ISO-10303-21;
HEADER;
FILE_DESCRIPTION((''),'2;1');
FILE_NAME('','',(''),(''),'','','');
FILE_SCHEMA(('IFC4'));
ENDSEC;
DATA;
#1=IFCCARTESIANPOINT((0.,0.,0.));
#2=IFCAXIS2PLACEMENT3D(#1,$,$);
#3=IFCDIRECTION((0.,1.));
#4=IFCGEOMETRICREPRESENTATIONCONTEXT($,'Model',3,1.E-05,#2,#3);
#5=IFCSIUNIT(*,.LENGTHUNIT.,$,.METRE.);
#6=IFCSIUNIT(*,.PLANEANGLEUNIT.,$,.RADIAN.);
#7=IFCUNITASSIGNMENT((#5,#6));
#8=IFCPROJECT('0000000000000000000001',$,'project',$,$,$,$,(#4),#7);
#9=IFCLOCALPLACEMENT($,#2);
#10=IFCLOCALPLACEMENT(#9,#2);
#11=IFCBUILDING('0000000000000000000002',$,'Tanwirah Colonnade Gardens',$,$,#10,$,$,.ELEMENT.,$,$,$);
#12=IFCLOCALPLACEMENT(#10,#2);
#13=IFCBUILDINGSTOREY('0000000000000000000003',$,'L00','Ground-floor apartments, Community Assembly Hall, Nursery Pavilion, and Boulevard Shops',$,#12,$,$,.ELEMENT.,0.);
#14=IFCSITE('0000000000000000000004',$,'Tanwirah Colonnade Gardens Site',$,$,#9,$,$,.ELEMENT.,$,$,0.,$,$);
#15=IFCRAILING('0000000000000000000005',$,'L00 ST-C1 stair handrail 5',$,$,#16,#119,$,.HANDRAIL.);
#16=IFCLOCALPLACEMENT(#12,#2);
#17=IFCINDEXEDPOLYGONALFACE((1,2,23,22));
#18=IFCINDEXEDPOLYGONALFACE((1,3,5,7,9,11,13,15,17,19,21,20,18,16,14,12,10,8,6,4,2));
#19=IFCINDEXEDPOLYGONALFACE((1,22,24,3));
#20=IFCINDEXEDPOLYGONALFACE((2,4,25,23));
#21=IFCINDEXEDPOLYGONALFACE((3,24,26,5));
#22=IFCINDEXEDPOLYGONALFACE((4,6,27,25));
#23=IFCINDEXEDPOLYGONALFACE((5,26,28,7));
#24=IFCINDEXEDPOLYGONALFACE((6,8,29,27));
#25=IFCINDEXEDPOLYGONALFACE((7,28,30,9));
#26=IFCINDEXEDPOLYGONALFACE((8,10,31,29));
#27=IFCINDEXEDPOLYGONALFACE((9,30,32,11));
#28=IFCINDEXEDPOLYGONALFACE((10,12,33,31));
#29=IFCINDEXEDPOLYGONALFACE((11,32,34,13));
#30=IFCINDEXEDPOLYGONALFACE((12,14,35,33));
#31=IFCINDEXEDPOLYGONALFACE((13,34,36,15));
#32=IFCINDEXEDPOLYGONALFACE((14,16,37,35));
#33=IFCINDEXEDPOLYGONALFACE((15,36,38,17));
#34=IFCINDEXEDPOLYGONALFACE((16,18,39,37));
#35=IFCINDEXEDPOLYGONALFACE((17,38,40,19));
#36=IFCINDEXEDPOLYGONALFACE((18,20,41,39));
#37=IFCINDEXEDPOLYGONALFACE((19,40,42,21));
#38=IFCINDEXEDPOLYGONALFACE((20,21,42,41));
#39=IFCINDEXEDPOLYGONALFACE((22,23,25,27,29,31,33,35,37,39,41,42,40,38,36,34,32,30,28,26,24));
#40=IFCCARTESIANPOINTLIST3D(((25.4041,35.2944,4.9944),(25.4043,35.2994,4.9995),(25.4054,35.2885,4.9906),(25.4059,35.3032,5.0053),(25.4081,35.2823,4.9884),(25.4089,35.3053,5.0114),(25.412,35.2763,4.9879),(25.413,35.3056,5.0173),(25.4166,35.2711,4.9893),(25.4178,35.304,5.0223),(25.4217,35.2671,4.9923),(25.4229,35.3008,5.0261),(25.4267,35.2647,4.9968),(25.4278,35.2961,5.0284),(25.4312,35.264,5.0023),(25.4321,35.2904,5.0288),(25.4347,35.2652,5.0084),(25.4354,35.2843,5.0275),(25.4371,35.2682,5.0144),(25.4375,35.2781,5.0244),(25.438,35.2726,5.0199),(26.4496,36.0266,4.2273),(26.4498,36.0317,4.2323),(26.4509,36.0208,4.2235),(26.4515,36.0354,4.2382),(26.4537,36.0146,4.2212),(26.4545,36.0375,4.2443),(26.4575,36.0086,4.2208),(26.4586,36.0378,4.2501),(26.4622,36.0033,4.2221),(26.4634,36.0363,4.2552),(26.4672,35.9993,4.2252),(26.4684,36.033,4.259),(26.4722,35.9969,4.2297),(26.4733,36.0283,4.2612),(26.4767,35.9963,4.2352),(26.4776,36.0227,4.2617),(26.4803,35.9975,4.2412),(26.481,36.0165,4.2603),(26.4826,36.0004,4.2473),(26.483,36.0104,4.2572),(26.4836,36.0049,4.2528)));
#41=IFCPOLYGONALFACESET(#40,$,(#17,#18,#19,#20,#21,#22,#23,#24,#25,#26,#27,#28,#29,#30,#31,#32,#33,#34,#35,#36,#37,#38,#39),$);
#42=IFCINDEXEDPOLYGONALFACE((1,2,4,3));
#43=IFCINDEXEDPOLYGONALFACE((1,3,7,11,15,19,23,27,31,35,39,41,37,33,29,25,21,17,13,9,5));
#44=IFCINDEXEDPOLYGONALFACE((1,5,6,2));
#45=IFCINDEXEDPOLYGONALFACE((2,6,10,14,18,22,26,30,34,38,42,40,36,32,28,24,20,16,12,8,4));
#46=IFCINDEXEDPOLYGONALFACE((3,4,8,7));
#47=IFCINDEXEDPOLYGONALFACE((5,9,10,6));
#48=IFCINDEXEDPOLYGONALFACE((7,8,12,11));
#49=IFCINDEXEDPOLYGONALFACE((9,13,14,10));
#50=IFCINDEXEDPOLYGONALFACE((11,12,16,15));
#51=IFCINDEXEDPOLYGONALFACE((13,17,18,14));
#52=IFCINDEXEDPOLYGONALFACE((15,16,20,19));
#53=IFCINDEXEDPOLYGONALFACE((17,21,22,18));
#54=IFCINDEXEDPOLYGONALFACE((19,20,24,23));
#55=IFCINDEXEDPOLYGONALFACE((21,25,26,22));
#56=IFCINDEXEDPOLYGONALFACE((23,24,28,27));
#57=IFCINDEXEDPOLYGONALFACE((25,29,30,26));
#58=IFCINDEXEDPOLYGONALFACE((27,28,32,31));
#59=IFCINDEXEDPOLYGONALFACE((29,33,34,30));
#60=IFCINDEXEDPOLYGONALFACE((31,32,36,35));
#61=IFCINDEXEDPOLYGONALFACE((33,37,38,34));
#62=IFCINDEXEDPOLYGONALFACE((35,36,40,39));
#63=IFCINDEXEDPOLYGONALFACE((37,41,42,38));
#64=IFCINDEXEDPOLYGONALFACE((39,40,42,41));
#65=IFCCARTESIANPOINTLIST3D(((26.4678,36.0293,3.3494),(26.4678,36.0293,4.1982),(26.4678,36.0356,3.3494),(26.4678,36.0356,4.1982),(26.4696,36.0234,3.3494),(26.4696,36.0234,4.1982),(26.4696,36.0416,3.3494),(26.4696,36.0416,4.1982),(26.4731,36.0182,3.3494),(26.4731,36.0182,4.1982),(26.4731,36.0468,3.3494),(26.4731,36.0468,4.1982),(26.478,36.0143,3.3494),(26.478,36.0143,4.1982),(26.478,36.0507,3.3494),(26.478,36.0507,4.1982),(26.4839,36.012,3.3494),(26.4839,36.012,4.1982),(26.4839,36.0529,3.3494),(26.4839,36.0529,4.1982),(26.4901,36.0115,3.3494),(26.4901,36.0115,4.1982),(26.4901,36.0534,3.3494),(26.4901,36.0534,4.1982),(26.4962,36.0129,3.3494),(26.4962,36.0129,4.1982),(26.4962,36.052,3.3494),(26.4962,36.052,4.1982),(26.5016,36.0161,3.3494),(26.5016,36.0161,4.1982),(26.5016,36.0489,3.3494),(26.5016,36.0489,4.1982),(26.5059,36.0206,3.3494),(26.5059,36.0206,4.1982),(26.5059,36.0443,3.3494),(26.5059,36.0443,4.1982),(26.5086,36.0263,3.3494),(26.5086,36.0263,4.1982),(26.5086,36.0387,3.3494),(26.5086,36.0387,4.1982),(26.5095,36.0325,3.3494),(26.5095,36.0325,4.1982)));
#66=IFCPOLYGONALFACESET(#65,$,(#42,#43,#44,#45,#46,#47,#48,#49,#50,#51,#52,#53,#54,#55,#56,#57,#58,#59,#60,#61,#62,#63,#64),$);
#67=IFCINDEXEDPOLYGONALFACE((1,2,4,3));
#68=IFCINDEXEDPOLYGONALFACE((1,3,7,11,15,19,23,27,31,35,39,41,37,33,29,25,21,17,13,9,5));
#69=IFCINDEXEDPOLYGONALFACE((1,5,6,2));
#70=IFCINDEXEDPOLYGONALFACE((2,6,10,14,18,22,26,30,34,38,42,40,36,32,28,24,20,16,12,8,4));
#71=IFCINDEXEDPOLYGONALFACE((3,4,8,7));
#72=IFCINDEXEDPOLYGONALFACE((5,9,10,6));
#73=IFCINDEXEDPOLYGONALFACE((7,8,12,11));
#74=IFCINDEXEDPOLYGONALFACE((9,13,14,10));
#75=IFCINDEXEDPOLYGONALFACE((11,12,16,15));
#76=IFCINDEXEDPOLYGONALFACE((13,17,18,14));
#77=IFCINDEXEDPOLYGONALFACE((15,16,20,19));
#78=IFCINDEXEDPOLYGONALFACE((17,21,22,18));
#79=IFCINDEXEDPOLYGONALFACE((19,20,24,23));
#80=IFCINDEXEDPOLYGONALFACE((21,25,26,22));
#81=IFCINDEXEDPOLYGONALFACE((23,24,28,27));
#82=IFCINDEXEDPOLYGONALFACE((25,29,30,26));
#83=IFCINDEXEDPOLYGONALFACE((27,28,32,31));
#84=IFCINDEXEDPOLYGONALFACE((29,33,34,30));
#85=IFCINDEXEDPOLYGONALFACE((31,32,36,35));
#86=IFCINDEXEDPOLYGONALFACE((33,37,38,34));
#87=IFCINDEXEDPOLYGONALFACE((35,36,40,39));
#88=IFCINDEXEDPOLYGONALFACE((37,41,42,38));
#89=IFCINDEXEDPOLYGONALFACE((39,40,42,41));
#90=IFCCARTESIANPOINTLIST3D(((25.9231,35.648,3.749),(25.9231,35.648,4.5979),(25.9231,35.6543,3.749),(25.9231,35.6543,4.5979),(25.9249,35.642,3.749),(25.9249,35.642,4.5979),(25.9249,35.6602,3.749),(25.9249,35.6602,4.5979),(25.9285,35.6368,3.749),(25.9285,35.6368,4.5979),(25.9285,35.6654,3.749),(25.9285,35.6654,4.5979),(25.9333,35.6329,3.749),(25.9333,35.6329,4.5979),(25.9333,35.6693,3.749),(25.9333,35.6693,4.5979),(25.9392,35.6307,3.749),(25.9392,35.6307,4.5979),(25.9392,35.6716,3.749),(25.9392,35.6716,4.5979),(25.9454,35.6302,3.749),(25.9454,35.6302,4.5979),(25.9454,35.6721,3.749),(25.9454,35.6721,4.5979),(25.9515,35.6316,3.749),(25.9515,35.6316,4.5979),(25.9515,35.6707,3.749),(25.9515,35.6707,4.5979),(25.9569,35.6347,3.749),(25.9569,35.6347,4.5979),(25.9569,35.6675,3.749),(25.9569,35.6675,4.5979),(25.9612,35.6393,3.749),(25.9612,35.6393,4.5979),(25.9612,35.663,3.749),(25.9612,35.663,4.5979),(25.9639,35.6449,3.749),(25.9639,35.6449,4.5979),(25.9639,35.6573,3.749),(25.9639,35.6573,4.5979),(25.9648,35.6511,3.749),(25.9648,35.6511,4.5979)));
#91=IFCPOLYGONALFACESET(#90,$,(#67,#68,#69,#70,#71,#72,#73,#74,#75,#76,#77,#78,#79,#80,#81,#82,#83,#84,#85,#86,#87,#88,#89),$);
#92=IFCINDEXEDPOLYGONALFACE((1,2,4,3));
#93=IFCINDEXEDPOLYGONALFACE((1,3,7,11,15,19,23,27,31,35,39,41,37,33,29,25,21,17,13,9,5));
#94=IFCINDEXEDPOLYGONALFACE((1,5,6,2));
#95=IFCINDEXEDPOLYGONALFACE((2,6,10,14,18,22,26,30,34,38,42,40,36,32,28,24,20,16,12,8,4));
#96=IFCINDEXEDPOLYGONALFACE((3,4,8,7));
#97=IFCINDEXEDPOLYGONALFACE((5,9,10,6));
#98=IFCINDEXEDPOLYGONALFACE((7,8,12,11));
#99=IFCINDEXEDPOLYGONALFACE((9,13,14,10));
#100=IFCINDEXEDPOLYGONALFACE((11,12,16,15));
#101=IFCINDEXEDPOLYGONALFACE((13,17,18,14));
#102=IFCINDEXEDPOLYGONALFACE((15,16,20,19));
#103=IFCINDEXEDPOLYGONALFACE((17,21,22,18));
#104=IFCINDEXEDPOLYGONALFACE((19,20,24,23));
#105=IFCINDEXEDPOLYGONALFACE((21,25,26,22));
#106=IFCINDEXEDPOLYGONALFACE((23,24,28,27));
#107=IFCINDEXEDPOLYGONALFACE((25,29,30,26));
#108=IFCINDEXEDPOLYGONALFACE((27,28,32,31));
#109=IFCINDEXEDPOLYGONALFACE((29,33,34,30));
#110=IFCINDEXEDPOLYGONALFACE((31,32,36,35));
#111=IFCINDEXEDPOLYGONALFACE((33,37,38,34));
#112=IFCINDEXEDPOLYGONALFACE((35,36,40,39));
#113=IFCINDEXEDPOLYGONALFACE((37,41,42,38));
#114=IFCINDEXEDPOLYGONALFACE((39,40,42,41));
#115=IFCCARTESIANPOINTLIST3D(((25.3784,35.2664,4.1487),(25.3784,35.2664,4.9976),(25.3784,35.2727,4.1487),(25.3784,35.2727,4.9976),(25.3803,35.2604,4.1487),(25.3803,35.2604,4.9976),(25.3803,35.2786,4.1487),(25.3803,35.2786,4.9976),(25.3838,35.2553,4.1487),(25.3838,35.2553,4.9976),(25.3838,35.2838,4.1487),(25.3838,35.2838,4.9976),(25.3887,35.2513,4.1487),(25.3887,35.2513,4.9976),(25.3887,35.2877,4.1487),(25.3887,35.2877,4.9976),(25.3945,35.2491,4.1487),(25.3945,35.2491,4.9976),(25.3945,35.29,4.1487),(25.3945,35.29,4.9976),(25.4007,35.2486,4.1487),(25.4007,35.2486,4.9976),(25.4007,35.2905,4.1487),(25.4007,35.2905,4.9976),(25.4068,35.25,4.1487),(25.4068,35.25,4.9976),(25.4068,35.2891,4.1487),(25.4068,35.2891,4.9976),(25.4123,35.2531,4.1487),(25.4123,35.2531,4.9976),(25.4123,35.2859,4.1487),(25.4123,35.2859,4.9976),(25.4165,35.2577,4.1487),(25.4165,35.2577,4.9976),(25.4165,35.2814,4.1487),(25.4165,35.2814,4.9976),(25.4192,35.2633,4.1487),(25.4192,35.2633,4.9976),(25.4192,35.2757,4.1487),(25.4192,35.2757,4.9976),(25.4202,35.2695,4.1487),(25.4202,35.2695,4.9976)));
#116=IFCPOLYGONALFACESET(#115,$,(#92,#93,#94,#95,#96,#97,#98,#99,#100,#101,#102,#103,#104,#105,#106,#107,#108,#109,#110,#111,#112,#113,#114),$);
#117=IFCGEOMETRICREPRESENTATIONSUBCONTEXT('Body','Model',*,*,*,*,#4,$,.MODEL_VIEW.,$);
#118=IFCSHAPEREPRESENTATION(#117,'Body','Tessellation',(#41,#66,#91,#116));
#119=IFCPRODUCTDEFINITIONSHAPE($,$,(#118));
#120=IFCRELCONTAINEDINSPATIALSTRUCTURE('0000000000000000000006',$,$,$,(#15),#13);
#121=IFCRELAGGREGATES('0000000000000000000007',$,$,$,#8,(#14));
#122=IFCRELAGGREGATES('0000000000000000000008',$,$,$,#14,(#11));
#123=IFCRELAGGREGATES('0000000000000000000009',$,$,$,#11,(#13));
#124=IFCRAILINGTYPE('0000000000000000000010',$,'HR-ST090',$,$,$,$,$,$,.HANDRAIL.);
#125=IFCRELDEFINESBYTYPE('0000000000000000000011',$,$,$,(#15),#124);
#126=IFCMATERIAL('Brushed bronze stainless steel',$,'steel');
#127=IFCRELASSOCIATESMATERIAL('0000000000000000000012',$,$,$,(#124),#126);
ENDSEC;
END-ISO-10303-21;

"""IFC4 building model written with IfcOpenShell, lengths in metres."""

from ifc_helpers import new_model, si_unit, direction, frame, origin, origin_2d, place, context, subcontext, project, spatial, circle, extrude, material, type_object, element, save


model = new_model("IFC4")

# Units and contexts
model_context = context("Model", 3, precision=1e-05, world=origin(), true_north=direction((0.0, 1.0)))
body_context = subcontext(model_context, "Body", "Model", "MODEL_VIEW")
ifc_project = project(units=[si_unit("LENGTHUNIT", "METRE"), si_unit("PLANEANGLEUNIT", "RADIAN")], contexts=[model_context])

# Site, building, storey
site_placement = place(None, origin())
site = spatial("IfcSite", under=ifc_project, at=site_placement, Name="Tanwirah Colonnade Gardens Site", CompositionType="ELEMENT", RefElevation=0.0)
building_placement = place(site_placement, origin())
building = spatial("IfcBuilding", under=site, at=building_placement, Name="Tanwirah Colonnade Gardens", CompositionType="ELEMENT")
storey_placement = place(building_placement, origin())
storey = spatial("IfcBuildingStorey", under=building, at=storey_placement, Name="L00", Description="Ground-floor apartments, Community Assembly Hall, Nursery Pavilion, and Boulevard Shops", CompositionType="ELEMENT", Elevation=0.0)

# Railing
ifc_material_1 = material(Name="Brushed bronze stainless steel", Category="steel")
railing_type_1 = type_object("IfcRailingType", Name="HR-ST090", PredefinedType="HANDRAIL", material=ifc_material_1)
railing_1_placement = place(storey_placement, frame((26.4885, 36.0325, 3.3494)))
element("IfcRailing", 1, at=railing_1_placement, inside=storey, type_object=railing_type_1, Name="L00 ST-C1 stair handrail 5", PredefinedType="HANDRAIL", context=body_context, shape_type="SweptSolid", body=[
    extrude(circle(Radius=0.0239, at=origin_2d()), frame((-0.022, -0.0154, 0.8918), z_axis=(-0.702054, -0.491689, 0.515133), x_axis=(0.573659, -0.819094, 0.0)), (0.0, 0.0, 1.0), 1.4893),
    extrude(circle(Radius=0.021, at=origin_2d()), origin(), (0.0, 0.0, 1.0), 0.8489),
    extrude(circle(Radius=0.021, at=origin_2d()), frame((-0.5447, -0.3813, 0.3997)), (0.0, 0.0, 1.0), 0.8489),
    extrude(circle(Radius=0.021, at=origin_2d()), frame((-1.0894, -0.7629, 0.7993)), (0.0, 0.0, 1.0), 0.8489),
])

save(model, "model.ifc")
